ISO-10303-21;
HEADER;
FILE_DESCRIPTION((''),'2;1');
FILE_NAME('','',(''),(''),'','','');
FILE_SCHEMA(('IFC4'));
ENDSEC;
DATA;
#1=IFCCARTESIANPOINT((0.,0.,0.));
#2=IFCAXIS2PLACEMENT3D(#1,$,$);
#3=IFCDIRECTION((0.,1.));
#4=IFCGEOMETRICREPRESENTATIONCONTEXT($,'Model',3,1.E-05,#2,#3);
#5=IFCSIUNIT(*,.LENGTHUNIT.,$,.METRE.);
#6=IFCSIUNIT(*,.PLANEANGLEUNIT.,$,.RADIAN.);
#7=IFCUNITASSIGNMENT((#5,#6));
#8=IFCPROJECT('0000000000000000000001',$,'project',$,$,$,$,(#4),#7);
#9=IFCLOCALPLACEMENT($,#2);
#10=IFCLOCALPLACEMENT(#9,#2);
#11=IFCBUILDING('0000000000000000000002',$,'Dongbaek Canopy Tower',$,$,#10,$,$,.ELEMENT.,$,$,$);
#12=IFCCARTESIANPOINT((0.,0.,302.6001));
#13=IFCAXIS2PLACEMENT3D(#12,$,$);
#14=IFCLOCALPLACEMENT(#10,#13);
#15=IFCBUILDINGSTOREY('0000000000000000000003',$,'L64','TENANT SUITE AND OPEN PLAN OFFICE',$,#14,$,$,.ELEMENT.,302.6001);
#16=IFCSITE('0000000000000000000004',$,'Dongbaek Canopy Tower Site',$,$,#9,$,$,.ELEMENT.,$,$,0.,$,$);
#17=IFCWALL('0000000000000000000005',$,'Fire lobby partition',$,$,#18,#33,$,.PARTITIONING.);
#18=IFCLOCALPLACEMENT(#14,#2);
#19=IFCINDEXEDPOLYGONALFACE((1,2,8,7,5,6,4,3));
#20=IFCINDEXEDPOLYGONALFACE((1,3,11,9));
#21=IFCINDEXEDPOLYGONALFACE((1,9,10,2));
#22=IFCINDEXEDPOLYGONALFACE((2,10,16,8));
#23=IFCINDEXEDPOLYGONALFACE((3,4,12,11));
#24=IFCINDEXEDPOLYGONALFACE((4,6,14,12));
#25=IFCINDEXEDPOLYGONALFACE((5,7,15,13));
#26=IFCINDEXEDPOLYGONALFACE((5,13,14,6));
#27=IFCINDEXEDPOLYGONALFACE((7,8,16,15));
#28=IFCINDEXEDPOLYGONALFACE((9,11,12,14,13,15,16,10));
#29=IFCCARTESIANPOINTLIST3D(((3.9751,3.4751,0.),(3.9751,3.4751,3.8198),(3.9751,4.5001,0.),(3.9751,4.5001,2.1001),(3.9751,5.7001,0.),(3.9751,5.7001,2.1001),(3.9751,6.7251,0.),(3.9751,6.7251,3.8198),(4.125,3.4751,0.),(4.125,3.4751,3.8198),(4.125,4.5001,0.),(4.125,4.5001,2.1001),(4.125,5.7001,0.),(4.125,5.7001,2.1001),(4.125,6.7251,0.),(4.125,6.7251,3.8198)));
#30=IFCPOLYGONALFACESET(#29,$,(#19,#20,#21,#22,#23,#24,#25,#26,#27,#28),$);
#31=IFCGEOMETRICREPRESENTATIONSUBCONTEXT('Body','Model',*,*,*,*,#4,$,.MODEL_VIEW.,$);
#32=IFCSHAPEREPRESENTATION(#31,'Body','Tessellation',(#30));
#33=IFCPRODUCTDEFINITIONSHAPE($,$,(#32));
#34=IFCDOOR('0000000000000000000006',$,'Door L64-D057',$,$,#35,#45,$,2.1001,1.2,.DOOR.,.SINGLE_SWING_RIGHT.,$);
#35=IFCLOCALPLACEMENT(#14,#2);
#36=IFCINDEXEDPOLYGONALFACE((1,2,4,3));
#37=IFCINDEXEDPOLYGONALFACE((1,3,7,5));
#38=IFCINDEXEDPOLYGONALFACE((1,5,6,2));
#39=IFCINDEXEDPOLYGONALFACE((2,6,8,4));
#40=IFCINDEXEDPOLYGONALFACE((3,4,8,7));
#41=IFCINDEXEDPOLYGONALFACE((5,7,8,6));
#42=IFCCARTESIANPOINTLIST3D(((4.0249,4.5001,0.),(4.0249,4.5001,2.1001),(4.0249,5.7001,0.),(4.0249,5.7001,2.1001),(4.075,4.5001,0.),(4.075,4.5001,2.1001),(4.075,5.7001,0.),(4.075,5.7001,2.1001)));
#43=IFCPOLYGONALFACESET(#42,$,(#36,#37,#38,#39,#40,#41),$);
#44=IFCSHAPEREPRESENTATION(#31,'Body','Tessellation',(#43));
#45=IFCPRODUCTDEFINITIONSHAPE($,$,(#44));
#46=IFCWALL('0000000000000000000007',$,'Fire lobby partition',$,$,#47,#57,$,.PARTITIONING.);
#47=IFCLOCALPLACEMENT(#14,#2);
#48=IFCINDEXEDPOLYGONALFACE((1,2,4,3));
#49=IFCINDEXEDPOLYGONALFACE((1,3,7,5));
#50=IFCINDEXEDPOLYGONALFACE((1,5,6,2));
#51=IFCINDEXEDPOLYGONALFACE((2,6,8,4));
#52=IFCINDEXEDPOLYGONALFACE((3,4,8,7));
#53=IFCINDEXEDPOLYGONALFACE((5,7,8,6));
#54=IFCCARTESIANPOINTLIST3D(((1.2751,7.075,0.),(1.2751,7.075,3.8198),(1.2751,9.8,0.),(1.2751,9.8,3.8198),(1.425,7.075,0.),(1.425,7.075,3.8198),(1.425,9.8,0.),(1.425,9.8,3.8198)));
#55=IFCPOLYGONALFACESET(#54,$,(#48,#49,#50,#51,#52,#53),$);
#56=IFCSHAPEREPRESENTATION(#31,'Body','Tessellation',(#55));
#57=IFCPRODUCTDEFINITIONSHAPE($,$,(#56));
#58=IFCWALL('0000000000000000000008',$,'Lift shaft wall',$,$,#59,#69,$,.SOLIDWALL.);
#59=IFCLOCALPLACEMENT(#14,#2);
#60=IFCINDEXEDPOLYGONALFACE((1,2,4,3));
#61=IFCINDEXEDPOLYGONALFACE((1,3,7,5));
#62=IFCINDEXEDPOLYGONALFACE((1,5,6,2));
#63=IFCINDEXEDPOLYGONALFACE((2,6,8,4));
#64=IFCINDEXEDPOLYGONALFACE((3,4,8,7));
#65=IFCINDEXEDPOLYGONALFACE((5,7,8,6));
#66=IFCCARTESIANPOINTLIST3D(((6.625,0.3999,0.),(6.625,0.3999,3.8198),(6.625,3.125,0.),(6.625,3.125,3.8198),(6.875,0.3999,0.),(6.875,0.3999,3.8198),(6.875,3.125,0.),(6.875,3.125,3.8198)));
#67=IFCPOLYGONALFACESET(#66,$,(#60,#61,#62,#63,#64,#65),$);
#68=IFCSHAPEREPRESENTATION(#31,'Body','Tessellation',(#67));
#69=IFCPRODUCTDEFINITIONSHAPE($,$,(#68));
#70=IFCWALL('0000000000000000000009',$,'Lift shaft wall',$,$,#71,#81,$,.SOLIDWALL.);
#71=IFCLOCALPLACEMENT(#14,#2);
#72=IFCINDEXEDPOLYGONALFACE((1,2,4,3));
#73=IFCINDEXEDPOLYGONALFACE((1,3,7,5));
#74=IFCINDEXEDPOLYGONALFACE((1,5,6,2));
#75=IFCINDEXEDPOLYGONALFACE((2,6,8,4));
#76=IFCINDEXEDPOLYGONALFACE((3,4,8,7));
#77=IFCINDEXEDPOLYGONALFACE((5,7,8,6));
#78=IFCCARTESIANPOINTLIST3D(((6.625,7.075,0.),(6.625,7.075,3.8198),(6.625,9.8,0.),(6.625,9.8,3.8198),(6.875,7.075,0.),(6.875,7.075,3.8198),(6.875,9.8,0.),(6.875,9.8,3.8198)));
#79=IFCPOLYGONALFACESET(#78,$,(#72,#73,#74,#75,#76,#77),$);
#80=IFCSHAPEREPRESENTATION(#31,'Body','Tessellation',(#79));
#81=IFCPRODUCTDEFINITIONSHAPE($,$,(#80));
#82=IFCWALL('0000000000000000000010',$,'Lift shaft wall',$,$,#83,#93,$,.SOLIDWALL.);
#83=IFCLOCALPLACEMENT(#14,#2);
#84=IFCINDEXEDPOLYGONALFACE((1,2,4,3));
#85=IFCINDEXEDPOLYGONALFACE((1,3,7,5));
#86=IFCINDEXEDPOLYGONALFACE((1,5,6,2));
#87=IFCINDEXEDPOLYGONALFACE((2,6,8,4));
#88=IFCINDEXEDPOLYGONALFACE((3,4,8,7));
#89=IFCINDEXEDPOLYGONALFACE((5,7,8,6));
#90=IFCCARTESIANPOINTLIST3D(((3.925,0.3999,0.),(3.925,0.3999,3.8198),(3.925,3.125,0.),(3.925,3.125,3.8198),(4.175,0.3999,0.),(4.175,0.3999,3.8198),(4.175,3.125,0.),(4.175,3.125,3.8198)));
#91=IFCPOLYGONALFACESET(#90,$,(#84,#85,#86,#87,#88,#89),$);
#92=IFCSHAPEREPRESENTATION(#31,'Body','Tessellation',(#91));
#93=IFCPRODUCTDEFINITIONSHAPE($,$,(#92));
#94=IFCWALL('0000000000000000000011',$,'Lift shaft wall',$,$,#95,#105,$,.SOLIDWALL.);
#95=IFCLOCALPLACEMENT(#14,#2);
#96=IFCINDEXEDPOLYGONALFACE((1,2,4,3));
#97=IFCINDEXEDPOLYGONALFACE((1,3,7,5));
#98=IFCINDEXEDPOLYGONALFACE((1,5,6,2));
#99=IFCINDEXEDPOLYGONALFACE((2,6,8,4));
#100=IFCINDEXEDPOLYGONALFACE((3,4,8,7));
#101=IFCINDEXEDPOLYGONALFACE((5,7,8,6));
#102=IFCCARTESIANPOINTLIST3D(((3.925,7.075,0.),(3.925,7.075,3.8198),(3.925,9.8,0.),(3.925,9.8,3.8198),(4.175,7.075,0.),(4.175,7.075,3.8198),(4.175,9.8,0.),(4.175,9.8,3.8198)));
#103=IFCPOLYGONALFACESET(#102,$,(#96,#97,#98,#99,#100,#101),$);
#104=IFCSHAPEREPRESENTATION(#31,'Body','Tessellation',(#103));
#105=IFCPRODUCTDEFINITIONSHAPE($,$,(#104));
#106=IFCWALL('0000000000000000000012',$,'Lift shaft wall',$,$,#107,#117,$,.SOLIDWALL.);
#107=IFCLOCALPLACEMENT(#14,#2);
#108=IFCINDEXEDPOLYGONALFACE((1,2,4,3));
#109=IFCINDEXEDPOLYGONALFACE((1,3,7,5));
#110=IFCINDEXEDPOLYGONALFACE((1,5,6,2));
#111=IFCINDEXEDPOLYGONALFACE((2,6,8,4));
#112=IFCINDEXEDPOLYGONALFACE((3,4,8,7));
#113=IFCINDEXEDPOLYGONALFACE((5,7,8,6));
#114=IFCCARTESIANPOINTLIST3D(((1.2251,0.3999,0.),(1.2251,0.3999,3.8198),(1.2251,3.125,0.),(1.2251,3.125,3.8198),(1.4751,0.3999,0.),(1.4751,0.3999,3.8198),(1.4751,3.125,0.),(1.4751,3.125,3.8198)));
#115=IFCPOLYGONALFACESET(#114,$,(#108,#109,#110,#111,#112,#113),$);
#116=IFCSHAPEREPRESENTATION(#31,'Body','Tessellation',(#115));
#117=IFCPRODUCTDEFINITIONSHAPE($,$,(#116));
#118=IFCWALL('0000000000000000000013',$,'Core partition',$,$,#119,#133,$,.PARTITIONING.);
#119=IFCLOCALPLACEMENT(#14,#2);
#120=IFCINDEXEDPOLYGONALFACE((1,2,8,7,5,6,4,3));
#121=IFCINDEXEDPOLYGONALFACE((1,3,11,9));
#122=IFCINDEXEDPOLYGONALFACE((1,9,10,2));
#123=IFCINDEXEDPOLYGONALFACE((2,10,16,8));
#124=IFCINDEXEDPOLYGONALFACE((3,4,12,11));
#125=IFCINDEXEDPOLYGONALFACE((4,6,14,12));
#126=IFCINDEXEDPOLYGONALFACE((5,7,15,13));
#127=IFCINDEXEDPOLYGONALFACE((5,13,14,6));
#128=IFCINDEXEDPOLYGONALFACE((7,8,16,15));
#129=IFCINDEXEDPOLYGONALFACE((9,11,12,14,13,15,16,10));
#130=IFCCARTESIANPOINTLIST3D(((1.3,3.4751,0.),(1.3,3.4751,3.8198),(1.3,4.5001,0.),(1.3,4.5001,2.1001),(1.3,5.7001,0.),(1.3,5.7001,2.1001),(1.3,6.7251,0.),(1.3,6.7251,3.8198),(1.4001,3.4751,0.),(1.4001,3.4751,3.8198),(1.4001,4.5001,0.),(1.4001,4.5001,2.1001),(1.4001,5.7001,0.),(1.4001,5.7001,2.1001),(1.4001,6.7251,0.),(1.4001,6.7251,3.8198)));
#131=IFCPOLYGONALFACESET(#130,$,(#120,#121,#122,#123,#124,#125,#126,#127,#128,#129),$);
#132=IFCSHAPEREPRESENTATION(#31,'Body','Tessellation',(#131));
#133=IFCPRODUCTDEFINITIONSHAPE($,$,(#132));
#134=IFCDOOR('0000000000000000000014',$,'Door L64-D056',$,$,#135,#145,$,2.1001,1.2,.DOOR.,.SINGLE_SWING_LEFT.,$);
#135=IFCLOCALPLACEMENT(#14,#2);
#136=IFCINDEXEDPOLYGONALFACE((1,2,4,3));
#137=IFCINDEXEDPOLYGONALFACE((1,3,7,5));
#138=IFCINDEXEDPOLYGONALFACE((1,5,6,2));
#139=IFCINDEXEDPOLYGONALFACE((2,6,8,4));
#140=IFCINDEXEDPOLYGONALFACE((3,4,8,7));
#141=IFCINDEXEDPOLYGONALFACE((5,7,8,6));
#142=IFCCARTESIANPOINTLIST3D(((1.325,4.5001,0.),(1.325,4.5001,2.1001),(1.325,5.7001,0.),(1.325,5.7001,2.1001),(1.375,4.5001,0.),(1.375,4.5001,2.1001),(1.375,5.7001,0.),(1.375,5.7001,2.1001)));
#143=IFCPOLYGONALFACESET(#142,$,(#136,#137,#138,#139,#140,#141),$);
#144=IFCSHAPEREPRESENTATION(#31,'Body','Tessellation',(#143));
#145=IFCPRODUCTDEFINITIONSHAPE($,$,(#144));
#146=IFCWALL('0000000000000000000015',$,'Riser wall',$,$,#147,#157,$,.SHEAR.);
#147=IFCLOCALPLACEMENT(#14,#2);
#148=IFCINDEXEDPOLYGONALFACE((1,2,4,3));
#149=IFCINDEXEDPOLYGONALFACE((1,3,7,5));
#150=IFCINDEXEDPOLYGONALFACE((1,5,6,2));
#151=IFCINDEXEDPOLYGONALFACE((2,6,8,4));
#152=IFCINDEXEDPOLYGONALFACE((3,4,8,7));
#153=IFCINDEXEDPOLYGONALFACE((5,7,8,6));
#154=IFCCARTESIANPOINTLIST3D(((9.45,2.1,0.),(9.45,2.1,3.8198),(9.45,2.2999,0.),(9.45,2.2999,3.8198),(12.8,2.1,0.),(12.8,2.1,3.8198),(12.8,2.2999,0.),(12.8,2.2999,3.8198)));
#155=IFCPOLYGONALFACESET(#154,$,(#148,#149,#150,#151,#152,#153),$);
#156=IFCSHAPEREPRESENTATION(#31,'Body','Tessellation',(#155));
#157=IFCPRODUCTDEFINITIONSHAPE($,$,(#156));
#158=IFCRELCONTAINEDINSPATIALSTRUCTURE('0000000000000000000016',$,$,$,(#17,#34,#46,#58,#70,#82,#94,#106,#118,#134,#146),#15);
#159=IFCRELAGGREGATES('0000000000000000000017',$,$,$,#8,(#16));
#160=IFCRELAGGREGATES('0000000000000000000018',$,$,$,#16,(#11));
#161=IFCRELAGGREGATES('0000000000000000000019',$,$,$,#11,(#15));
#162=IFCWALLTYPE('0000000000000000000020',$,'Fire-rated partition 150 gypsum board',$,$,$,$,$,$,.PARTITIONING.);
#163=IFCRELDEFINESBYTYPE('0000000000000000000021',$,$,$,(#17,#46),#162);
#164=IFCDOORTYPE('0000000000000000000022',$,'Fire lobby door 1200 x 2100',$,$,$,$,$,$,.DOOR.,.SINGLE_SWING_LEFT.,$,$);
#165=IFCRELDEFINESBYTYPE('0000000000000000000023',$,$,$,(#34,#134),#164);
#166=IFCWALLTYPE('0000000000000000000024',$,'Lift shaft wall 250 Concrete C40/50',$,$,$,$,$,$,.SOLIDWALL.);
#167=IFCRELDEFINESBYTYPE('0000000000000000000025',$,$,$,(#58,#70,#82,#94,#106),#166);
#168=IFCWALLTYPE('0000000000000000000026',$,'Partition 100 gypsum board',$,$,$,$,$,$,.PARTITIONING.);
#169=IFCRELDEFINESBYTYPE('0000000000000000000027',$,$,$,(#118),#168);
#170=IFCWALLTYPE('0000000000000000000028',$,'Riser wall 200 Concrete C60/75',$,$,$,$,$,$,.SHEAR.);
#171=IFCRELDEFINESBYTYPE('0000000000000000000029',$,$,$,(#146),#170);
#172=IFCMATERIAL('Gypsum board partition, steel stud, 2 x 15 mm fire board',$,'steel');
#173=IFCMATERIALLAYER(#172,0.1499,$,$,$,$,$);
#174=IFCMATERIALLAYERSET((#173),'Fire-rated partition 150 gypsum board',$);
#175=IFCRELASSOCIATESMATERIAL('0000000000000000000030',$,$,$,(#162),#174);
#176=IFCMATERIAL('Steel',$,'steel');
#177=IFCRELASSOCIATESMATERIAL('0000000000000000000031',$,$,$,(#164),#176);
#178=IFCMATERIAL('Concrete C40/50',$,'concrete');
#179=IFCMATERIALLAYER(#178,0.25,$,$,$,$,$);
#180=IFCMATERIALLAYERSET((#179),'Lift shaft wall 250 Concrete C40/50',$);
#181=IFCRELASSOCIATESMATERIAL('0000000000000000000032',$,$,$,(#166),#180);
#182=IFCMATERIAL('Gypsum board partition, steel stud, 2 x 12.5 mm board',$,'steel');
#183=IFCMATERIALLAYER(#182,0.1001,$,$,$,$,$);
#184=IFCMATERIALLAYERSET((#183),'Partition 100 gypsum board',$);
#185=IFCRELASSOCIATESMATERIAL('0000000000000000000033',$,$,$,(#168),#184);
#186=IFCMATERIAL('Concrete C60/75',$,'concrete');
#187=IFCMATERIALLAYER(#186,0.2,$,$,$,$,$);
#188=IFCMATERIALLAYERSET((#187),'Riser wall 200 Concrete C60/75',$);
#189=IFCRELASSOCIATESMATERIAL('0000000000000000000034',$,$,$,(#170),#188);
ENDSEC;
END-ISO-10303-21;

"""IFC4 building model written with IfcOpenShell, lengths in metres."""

from ifc_helpers import new_model, si_unit, direction, frame, frame_2d, origin, place, context, subcontext, project, spatial, rectangle, extrude, material, layer, layer_set, type_object, element, fill, save


model = new_model("IFC4")

# Units and contexts
model_context = context("Model", 3, precision=1e-05, world=origin(), true_north=direction((0.0, 1.0)))
body_context = subcontext(model_context, "Body", "Model", "MODEL_VIEW")
ifc_project = project(units=[si_unit("LENGTHUNIT", "METRE"), si_unit("PLANEANGLEUNIT", "RADIAN")], contexts=[model_context])

# Site, building, storey
site_placement = place(None, origin())
site = spatial("IfcSite", under=ifc_project, at=site_placement, Name="Dongbaek Canopy Tower Site", CompositionType="ELEMENT", RefElevation=0.0)
building_placement = place(site_placement, origin())
building = spatial("IfcBuilding", under=site, at=building_placement, Name="Dongbaek Canopy Tower", CompositionType="ELEMENT")
storey_placement = place(building_placement, frame((0.0, 0.0, 302.6001)))
storey = spatial("IfcBuildingStorey", under=building, at=storey_placement, Name="L64", Description="TENANT SUITE AND OPEN PLAN OFFICE", CompositionType="ELEMENT", Elevation=302.6001)

# Wall, opening, door
ifc_material_1 = material(Name="Gypsum board partition, steel stud, 2 x 15 mm fire board", Category="steel")
ifc_layer_1 = layer(ifc_material_1, 0.1499)
ifc_layer_set_1 = layer_set([ifc_layer_1], Name="Fire-rated partition 150 gypsum board")
wall_type_1 = type_object("IfcWallType", Name="Fire-rated partition 150 gypsum board", PredefinedType="PARTITIONING", material=ifc_layer_set_1)
wall_1_placement = place(storey_placement, frame((4.05, 6.7251, 0.0), z_axis=(0.0, 0.0, 1.0), x_axis=(0.0, -1.0, 0.0)))
wall_1 = element("IfcWall", 1, at=wall_1_placement, inside=storey, type_object=wall_type_1, Name="Fire lobby partition", PredefinedType="PARTITIONING", context=body_context, shape_type="SweptSolid", body=[
    extrude(rectangle(XDim=3.25, YDim=0.1499, at=frame_2d((1.625, 0.0))), origin(), (0.0, 0.0, 1.0), 3.8198),
])
opening_1_placement = place(wall_1_placement, frame((1.0249, 0.0, 0.0)))
opening_1 = element("IfcOpeningElement", 2, at=opening_1_placement, cuts=wall_1, PredefinedType="OPENING", context=body_context, shape_type="SweptSolid", body=[
    extrude(rectangle(XDim=1.2, YDim=2.1001, at=frame_2d((0.6001, 1.05))), frame((0.0, 0.085, 0.0), z_axis=(0.0, -1.0, 0.0), x_axis=(1.0, 0.0, 0.0)), (0.0, 0.0, 1.0), 0.1699),
])
ifc_material_2 = material(Name="Steel", Category="steel")
door_type_1 = type_object("IfcDoorType", Name="Fire lobby door 1200 x 2100", OperationType="SINGLE_SWING_LEFT", PredefinedType="DOOR", material=ifc_material_2)
door_1_placement = place(opening_1_placement, origin())
door_1 = element("IfcDoor", 3, at=door_1_placement, inside=storey, type_object=door_type_1, Name="Door L64-D057", OperationType="SINGLE_SWING_RIGHT", OverallHeight=2.1001, OverallWidth=1.2, PredefinedType="DOOR", context=body_context, shape_type="SweptSolid", body=[
    extrude(rectangle(XDim=1.2, YDim=2.1001, at=frame_2d((0.6001, 1.05))), frame((0.0, 0.0249, 0.0), z_axis=(0.0, -1.0, 0.0), x_axis=(1.0, 0.0, 0.0)), (0.0, 0.0, 1.0), 0.05),
])
fill(opening_1, door_1)

# Walls
wall_2_placement = place(storey_placement, frame((1.3501, 7.075, 0.0), z_axis=(0.0, 0.0, 1.0), x_axis=(0.0, 1.0, 0.0)))
element("IfcWall", 4, at=wall_2_placement, inside=storey, type_object=wall_type_1, Name="Fire lobby partition", PredefinedType="PARTITIONING", context=body_context, shape_type="SweptSolid", body=[
    extrude(rectangle(XDim=2.7251, YDim=0.1499, at=frame_2d((1.3625, 0.0))), origin(), (0.0, 0.0, 1.0), 3.8198),
])
ifc_material_3 = material(Name="Concrete C40/50", Category="concrete")
ifc_layer_2 = layer(ifc_material_3, 0.25)
ifc_layer_set_2 = layer_set([ifc_layer_2], Name="Lift shaft wall 250 Concrete C40/50")
wall_type_2 = type_object("IfcWallType", Name="Lift shaft wall 250 Concrete C40/50", PredefinedType="SOLIDWALL", material=ifc_layer_set_2)
for number, where, z_axis, x_axis, name in (
    (5, (6.75, 0.3999, 0.0), (0.0, 0.0, 1.0), (0.0, 1.0, 0.0), "Lift shaft wall"),
    (6, (6.75, 7.075, 0.0), (0.0, 0.0, 1.0), (0.0, 1.0, 0.0), "Lift shaft wall"),
    (7, (4.05, 0.3999, 0.0), (0.0, 0.0, 1.0), (0.0, 1.0, 0.0), "Lift shaft wall"),
    (8, (4.05, 7.075, 0.0), (0.0, 0.0, 1.0), (0.0, 1.0, 0.0), "Lift shaft wall"),
    (9, (1.3501, 0.3999, 0.0), (0.0, 0.0, 1.0), (0.0, 1.0, 0.0), "Lift shaft wall"),
):
    element("IfcWall", number, at=place(storey_placement, frame(where, z_axis=z_axis, x_axis=x_axis)), inside=storey, type_object=wall_type_2, Name=name, PredefinedType="SOLIDWALL", context=body_context, shape_type="SweptSolid", body=[
        extrude(rectangle(XDim=2.7251, YDim=0.25, at=frame_2d((1.3625, 0.0))), origin(), (0.0, 0.0, 1.0), 3.8198),
    ])

# Wall, opening, door
ifc_material_4 = material(Name="Gypsum board partition, steel stud, 2 x 12.5 mm board", Category="steel")
ifc_layer_3 = layer(ifc_material_4, 0.1001)
ifc_layer_set_3 = layer_set([ifc_layer_3], Name="Partition 100 gypsum board")
wall_type_3 = type_object("IfcWallType", Name="Partition 100 gypsum board", PredefinedType="PARTITIONING", material=ifc_layer_set_3)
wall_3_placement = place(storey_placement, frame((1.3501, 6.7251, 0.0), z_axis=(0.0, 0.0, 1.0), x_axis=(0.0, -1.0, 0.0)))
wall_3 = element("IfcWall", 10, at=wall_3_placement, inside=storey, type_object=wall_type_3, Name="Core partition", PredefinedType="PARTITIONING", context=body_context, shape_type="SweptSolid", body=[
    extrude(rectangle(XDim=3.25, YDim=0.1001, at=frame_2d((1.625, 0.0))), origin(), (0.0, 0.0, 1.0), 3.8198),
])
opening_2_placement = place(wall_3_placement, frame((1.0249, 0.0, 0.0)))
opening_2 = element("IfcOpeningElement", 11, at=opening_2_placement, cuts=wall_3, PredefinedType="OPENING", context=body_context, shape_type="SweptSolid", body=[
    extrude(rectangle(XDim=1.2, YDim=2.1001, at=frame_2d((0.6001, 1.05))), frame((0.0, 0.0601, 0.0), z_axis=(0.0, -1.0, 0.0), x_axis=(1.0, 0.0, 0.0)), (0.0, 0.0, 1.0), 0.1201),
])
door_2_placement = place(opening_2_placement, origin())
door_2 = element("IfcDoor", 12, at=door_2_placement, inside=storey, type_object=door_type_1, Name="Door L64-D056", OperationType="SINGLE_SWING_LEFT", OverallHeight=2.1001, OverallWidth=1.2, PredefinedType="DOOR", context=body_context, shape_type="SweptSolid", body=[
    extrude(rectangle(XDim=1.2, YDim=2.1001, at=frame_2d((0.6001, 1.05))), frame((0.0, 0.0249, 0.0), z_axis=(0.0, -1.0, 0.0), x_axis=(1.0, 0.0, 0.0)), (0.0, 0.0, 1.0), 0.05),
])
fill(opening_2, door_2)

# Wall
ifc_material_5 = material(Name="Concrete C60/75", Category="concrete")
ifc_layer_4 = layer(ifc_material_5, 0.2)
ifc_layer_set_4 = layer_set([ifc_layer_4], Name="Riser wall 200 Concrete C60/75")
wall_type_4 = type_object("IfcWallType", Name="Riser wall 200 Concrete C60/75", PredefinedType="SHEAR", material=ifc_layer_set_4)
wall_4_placement = place(storey_placement, frame((9.45, 2.2, 0.0), z_axis=(0.0, 0.0, 1.0), x_axis=(1.0, 0.0, 0.0)))
element("IfcWall", 13, at=wall_4_placement, inside=storey, type_object=wall_type_4, Name="Riser wall", PredefinedType="SHEAR", context=body_context, shape_type="SweptSolid", body=[
    extrude(rectangle(XDim=3.3501, YDim=0.2, at=frame_2d((1.675, 0.0))), origin(), (0.0, 0.0, 1.0), 3.8198),
])

save(model, "model.ifc")
